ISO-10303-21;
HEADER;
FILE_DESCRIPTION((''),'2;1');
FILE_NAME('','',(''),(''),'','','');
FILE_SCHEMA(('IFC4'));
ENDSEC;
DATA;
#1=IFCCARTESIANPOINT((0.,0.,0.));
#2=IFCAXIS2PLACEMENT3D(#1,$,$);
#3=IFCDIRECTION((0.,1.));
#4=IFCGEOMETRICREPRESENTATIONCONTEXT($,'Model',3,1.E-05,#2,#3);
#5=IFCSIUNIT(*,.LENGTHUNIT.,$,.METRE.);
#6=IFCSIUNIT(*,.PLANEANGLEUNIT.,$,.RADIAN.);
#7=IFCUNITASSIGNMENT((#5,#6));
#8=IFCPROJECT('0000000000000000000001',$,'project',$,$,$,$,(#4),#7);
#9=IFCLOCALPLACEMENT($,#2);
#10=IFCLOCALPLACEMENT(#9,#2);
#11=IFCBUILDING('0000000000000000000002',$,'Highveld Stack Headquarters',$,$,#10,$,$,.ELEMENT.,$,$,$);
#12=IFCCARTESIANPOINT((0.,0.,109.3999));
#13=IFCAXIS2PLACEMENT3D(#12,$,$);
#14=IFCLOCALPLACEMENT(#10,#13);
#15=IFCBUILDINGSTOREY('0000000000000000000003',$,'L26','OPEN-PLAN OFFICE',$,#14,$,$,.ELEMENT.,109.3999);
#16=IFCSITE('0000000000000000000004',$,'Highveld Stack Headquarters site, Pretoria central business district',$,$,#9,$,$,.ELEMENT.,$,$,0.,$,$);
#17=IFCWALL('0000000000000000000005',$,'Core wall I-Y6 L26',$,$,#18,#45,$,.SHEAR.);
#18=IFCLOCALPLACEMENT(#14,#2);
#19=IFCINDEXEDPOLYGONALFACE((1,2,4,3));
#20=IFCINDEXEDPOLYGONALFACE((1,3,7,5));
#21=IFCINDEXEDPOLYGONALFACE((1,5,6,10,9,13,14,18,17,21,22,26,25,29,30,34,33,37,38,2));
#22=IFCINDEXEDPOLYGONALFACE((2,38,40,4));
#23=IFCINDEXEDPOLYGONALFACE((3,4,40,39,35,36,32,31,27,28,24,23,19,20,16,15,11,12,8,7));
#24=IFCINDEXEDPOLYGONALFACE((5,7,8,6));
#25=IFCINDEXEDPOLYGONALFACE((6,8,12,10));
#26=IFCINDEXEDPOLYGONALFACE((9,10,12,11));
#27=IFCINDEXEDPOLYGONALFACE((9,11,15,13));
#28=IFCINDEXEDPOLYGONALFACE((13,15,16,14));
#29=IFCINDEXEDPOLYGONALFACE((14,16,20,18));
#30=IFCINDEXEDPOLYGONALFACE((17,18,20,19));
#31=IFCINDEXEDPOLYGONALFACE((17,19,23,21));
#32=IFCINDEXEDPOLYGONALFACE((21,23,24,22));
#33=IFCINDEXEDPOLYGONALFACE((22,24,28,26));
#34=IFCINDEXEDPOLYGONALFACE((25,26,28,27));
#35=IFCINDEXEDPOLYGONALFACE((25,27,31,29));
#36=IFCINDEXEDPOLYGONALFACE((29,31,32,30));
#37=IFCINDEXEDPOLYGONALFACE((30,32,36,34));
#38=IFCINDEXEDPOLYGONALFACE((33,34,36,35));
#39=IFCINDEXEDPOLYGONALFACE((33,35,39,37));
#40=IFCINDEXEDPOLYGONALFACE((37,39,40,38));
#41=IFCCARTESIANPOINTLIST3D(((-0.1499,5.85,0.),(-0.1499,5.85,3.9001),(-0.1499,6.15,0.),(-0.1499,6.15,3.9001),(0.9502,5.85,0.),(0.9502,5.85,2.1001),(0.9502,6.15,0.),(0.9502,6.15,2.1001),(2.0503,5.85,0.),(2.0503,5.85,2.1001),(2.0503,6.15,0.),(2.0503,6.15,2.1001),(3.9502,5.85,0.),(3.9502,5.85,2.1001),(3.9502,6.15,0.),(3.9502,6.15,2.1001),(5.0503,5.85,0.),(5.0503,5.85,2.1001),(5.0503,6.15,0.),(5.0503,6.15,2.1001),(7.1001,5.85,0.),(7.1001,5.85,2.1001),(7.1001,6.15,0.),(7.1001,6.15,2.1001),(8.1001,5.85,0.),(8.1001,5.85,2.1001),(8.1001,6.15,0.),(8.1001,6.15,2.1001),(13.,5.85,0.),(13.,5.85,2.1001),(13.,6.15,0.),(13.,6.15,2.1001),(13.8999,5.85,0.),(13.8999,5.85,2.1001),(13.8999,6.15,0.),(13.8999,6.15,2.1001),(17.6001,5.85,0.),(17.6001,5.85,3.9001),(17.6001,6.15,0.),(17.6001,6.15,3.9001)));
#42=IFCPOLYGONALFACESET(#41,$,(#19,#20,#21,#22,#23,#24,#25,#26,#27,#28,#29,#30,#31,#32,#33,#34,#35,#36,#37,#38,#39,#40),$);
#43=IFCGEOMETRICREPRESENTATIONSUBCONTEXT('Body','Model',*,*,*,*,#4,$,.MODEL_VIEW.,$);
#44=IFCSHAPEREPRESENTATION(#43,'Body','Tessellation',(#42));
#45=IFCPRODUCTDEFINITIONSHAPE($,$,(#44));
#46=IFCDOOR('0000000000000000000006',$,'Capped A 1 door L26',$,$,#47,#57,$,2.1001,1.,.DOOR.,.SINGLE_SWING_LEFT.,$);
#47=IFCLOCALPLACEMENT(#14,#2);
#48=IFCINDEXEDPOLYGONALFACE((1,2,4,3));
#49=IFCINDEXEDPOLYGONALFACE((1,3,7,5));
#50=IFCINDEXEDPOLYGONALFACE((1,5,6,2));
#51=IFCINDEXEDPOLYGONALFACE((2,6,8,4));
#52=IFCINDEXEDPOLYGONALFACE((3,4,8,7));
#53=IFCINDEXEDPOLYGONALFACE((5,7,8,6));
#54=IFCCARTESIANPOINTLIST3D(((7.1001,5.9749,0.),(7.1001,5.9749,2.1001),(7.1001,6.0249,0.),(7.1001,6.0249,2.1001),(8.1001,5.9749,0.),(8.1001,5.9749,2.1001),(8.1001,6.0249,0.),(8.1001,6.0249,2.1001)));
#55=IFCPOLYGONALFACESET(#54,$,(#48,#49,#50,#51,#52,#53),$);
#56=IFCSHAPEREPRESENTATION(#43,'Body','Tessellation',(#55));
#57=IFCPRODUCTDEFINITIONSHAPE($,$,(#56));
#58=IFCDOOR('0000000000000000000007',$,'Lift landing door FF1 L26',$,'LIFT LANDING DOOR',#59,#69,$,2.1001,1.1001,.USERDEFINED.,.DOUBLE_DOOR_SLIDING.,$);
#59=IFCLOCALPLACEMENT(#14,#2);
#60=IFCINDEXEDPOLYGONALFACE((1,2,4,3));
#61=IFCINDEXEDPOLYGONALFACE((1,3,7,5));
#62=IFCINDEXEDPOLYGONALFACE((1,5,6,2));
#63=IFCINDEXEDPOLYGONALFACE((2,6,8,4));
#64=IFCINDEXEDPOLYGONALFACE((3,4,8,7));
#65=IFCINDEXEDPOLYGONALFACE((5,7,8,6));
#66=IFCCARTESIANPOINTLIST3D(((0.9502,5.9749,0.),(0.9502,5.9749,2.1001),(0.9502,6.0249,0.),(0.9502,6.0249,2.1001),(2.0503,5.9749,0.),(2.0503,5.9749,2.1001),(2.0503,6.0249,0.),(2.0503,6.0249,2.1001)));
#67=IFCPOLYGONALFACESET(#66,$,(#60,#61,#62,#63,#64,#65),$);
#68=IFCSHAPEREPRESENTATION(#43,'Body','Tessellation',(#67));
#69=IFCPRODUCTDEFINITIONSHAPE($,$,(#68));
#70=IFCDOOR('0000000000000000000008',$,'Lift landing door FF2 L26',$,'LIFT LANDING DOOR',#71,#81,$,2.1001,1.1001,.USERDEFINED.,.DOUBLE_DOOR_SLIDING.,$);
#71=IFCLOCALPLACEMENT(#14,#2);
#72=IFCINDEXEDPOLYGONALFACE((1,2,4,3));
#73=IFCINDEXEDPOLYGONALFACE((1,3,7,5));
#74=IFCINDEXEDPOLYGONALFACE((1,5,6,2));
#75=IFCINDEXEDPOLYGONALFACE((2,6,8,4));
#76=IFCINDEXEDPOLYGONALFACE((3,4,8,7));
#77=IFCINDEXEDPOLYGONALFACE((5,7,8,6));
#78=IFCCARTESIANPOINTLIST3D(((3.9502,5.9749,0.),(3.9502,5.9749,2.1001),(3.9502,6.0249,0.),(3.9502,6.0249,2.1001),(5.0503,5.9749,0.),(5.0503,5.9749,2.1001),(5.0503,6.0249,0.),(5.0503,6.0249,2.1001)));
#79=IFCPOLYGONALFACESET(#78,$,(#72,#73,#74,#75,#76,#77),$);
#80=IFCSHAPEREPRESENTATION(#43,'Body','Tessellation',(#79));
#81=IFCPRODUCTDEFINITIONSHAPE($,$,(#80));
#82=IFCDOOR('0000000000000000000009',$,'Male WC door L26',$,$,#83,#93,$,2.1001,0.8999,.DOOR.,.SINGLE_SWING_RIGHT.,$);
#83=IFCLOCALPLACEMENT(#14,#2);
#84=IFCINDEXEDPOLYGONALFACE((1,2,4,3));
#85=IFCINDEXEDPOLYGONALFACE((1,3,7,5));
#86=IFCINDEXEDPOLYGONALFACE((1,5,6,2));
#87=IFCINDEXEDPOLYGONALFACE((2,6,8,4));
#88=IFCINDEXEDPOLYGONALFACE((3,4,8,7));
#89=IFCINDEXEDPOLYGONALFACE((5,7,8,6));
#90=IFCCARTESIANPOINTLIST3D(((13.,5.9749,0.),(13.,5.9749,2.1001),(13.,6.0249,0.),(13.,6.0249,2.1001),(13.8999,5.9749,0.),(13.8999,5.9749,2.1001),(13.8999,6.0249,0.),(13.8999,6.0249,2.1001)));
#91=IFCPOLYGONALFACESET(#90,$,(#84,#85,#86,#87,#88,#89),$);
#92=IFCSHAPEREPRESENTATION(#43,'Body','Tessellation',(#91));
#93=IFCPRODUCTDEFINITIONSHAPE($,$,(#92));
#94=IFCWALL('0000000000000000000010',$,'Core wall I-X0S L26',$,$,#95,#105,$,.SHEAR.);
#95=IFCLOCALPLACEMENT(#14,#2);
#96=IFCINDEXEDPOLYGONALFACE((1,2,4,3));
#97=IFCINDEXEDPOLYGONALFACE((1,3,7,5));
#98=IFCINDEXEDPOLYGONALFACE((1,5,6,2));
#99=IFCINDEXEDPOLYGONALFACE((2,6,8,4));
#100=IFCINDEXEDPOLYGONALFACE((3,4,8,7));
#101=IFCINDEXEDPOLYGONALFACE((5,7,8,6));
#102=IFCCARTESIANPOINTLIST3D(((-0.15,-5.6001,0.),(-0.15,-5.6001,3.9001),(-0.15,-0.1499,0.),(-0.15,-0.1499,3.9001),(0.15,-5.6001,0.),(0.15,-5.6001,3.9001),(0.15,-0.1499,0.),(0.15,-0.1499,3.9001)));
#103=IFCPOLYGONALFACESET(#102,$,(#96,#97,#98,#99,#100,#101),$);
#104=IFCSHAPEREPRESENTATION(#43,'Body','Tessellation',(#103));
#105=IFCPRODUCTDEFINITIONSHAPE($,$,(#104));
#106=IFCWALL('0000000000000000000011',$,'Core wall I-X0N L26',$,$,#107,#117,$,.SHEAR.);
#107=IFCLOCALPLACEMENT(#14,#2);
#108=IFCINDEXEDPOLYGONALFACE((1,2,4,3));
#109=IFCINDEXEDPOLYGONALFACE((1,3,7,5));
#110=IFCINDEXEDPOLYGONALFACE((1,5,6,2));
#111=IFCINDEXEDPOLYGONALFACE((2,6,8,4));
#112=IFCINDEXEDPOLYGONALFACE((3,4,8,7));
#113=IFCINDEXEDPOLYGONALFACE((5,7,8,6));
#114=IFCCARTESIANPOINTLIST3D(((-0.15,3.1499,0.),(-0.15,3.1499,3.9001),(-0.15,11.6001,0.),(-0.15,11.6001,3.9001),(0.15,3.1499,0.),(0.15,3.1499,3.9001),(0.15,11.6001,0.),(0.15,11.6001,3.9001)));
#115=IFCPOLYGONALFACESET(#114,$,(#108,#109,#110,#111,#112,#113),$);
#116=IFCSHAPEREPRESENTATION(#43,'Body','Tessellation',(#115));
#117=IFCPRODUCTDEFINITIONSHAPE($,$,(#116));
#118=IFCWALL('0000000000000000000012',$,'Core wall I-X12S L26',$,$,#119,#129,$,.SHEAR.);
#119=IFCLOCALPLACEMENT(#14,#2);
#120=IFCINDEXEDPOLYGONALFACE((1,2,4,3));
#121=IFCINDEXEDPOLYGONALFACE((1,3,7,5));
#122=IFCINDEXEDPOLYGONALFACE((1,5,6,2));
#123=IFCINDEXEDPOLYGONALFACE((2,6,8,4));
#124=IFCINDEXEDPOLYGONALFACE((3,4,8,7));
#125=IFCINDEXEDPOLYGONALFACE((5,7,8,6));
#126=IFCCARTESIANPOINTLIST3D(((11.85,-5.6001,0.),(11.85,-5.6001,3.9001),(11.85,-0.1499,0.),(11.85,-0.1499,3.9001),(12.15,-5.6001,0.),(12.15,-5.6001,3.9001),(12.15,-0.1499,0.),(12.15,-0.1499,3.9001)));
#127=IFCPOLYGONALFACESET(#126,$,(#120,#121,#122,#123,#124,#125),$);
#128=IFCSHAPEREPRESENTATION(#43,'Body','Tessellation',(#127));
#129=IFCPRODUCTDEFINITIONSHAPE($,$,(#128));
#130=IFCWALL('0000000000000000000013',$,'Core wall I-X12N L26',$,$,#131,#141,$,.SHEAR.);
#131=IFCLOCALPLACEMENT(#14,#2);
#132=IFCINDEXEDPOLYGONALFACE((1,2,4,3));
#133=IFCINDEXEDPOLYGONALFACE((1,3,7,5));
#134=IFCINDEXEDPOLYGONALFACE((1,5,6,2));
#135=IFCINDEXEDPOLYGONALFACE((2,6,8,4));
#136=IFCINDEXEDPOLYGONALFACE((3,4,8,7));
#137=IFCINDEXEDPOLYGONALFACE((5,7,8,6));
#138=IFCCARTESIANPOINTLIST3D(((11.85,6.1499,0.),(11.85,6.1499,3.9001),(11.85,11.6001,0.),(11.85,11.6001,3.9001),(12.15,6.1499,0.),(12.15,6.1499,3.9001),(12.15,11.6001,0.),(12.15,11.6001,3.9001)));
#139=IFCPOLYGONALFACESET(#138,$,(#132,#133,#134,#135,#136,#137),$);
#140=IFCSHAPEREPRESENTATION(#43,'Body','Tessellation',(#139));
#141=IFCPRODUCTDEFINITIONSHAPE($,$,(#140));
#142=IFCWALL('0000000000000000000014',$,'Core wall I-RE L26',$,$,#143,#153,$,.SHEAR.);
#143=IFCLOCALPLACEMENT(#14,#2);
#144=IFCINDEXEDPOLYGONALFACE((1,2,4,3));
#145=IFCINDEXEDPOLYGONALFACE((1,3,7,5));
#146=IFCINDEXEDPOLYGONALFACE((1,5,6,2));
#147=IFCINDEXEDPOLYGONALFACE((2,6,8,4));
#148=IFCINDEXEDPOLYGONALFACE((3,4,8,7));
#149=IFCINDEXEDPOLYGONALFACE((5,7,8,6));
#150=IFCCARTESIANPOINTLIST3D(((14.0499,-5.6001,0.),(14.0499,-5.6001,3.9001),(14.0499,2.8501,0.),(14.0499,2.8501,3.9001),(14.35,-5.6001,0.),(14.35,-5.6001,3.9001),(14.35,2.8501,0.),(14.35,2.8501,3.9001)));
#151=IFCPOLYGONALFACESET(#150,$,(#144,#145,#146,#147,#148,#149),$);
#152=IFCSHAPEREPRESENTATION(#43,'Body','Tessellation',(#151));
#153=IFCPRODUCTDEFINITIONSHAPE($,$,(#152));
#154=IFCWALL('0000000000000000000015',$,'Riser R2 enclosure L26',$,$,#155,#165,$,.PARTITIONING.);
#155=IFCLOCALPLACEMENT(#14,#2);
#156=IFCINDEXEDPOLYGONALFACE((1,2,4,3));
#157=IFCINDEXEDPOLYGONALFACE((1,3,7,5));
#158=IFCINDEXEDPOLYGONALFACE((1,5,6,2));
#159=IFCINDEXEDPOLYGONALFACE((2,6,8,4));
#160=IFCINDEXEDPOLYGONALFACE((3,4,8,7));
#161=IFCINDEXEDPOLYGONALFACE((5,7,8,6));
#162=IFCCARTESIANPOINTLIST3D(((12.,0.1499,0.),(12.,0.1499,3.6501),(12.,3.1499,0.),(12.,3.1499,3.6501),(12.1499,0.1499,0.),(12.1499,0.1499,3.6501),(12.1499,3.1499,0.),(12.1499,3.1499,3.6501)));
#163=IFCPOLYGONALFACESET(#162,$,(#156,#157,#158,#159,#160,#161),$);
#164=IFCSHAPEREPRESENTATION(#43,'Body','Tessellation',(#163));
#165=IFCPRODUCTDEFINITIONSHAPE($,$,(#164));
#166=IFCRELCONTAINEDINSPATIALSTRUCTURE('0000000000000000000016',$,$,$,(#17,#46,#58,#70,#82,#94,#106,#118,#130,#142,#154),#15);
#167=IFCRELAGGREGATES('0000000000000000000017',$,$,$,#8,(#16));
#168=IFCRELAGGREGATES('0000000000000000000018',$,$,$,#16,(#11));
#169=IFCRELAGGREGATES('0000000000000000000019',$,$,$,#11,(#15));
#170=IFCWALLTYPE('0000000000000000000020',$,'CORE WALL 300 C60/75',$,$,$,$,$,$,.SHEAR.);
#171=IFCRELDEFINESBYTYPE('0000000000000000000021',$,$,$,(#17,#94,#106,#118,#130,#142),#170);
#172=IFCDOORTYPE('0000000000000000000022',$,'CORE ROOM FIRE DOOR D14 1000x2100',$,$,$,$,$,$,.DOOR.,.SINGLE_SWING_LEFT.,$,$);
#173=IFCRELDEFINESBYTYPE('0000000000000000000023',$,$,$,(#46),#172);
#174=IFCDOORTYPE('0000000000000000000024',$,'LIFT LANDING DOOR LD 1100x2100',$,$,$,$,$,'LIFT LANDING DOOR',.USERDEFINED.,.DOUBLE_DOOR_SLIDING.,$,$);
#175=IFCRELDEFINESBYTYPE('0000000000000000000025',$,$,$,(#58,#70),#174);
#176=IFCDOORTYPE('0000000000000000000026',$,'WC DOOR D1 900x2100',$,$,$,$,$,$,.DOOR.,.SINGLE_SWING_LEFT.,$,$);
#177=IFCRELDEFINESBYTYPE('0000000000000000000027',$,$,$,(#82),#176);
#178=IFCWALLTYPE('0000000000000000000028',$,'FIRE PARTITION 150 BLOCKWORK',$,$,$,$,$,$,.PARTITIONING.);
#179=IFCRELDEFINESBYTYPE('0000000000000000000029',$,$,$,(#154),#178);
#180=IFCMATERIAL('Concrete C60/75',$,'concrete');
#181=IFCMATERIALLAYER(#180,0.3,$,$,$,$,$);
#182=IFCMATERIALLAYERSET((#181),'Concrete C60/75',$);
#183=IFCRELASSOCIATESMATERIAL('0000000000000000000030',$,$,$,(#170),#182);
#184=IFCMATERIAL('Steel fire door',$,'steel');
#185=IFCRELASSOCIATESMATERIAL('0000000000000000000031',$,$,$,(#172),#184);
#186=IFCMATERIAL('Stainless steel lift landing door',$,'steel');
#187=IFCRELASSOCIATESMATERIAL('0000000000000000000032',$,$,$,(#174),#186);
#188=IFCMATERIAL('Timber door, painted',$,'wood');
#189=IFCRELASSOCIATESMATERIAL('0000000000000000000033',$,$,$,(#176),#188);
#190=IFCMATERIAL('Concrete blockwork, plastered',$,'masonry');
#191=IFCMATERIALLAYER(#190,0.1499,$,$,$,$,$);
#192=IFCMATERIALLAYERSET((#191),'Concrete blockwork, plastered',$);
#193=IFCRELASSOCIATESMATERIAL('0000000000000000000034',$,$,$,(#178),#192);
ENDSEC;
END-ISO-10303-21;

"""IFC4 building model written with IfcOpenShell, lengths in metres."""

from ifc_helpers import new_model, si_unit, direction, frame, frame_2d, origin, place, context, subcontext, project, spatial, rectangle, extrude, material, layer, layer_set, type_object, element, fill, save


model = new_model("IFC4")

# Units and contexts
model_context = context("Model", 3, precision=1e-05, world=origin(), true_north=direction((0.0, 1.0)))
body_context = subcontext(model_context, "Body", "Model", "MODEL_VIEW")
ifc_project = project(units=[si_unit("LENGTHUNIT", "METRE"), si_unit("PLANEANGLEUNIT", "RADIAN")], contexts=[model_context])

# Site, building, storey
site_placement = place(None, origin())
site = spatial("IfcSite", under=ifc_project, at=site_placement, Name="Highveld Stack Headquarters site, Pretoria central business district", CompositionType="ELEMENT", RefElevation=0.0)
building_placement = place(site_placement, origin())
building = spatial("IfcBuilding", under=site, at=building_placement, Name="Highveld Stack Headquarters", CompositionType="ELEMENT")
storey_placement = place(building_placement, frame((0.0, 0.0, 109.3999)))
storey = spatial("IfcBuildingStorey", under=building, at=storey_placement, Name="L26", Description="OPEN-PLAN OFFICE", CompositionType="ELEMENT", Elevation=109.3999)

# Wall, openings, doors
ifc_material_1 = material(Name="Concrete C60/75", Category="concrete")
ifc_layer_1 = layer(ifc_material_1, 0.3)
ifc_layer_set_1 = layer_set([ifc_layer_1], Name="Concrete C60/75")
wall_type_1 = type_object("IfcWallType", Name="CORE WALL 300 C60/75", PredefinedType="SHEAR", material=ifc_layer_set_1)
wall_1_placement = place(storey_placement, frame((-0.1499, 6.0, 0.0), z_axis=(0.0, 0.0, 1.0), x_axis=(1.0, 0.0, 0.0)))
wall_1 = element("IfcWall", 1, at=wall_1_placement, inside=storey, type_object=wall_type_1, Name="Core wall I-Y6 L26", PredefinedType="SHEAR", context=body_context, shape_type="SweptSolid", body=[
    extrude(rectangle(XDim=17.75, YDim=0.3, at=frame_2d((8.875, 0.0))), origin(), (0.0, 0.0, 1.0), 3.9001),
])
opening_1_placement = place(wall_1_placement, frame((13.1499, 0.0, 0.0)))
opening_1 = element("IfcOpeningElement", 2, at=opening_1_placement, cuts=wall_1, PredefinedType="OPENING", context=body_context, shape_type="SweptSolid", body=[
    extrude(rectangle(XDim=0.8999, YDim=2.1001, at=frame_2d((0.45, 1.05))), frame((0.0, 0.1599, 0.0), z_axis=(0.0, -1.0, 0.0), x_axis=(1.0, 0.0, 0.0)), (0.0, 0.0, 1.0), 0.3201),
])
opening_2_placement = place(wall_1_placement, frame((7.25, 0.0, 0.0)))
opening_2 = element("IfcOpeningElement", 3, at=opening_2_placement, cuts=wall_1, PredefinedType="OPENING", context=body_context, shape_type="SweptSolid", body=[
    extrude(rectangle(XDim=1.0, YDim=2.1001, at=frame_2d((0.5, 1.05))), frame((0.0, 0.1599, 0.0), z_axis=(0.0, -1.0, 0.0), x_axis=(1.0, 0.0, 0.0)), (0.0, 0.0, 1.0), 0.3201),
])
opening_3_placement = place(wall_1_placement, frame((1.1001, 0.0, 0.0)))
opening_3 = element("IfcOpeningElement", 4, at=opening_3_placement, cuts=wall_1, PredefinedType="OPENING", context=body_context, shape_type="SweptSolid", body=[
    extrude(rectangle(XDim=1.1001, YDim=2.1001, at=frame_2d((0.55, 1.05))), frame((0.0, 0.1599, 0.0), z_axis=(0.0, -1.0, 0.0), x_axis=(1.0, 0.0, 0.0)), (0.0, 0.0, 1.0), 0.3201),
])
opening_4_placement = place(wall_1_placement, frame((4.1001, 0.0, 0.0)))
opening_4 = element("IfcOpeningElement", 5, at=opening_4_placement, cuts=wall_1, PredefinedType="OPENING", context=body_context, shape_type="SweptSolid", body=[
    extrude(rectangle(XDim=1.1001, YDim=2.1001, at=frame_2d((0.55, 1.05))), frame((0.0, 0.1599, 0.0), z_axis=(0.0, -1.0, 0.0), x_axis=(1.0, 0.0, 0.0)), (0.0, 0.0, 1.0), 0.3201),
])
ifc_material_2 = material(Name="Steel fire door", Category="steel")
door_type_1 = type_object("IfcDoorType", Name="CORE ROOM FIRE DOOR D14 1000x2100", OperationType="SINGLE_SWING_LEFT", PredefinedType="DOOR", material=ifc_material_2)
door_1_placement = place(opening_2_placement, origin())
door_1 = element("IfcDoor", 6, at=door_1_placement, inside=storey, type_object=door_type_1, Name="Capped A 1 door L26", OperationType="SINGLE_SWING_LEFT", OverallHeight=2.1001, OverallWidth=1.0, PredefinedType="DOOR", context=body_context, shape_type="SweptSolid", body=[
    extrude(rectangle(XDim=1.0, YDim=2.1001, at=frame_2d((0.5, 1.05))), frame((0.0, 0.0249, 0.0), z_axis=(0.0, -1.0, 0.0), x_axis=(1.0, 0.0, 0.0)), (0.0, 0.0, 1.0), 0.05),
])
fill(opening_2, door_1)
ifc_material_3 = material(Name="Stainless steel lift landing door", Category="steel")
door_type_2 = type_object("IfcDoorType", Name="LIFT LANDING DOOR LD 1100x2100", ElementType="LIFT LANDING DOOR", OperationType="DOUBLE_DOOR_SLIDING", PredefinedType="USERDEFINED", material=ifc_material_3)
door_2_placement = place(opening_3_placement, origin())
door_2 = element("IfcDoor", 7, at=door_2_placement, inside=storey, type_object=door_type_2, Name="Lift landing door FF1 L26", ObjectType="LIFT LANDING DOOR", OperationType="DOUBLE_DOOR_SLIDING", OverallHeight=2.1001, OverallWidth=1.1001, PredefinedType="USERDEFINED", context=body_context, shape_type="SweptSolid", body=[
    extrude(rectangle(XDim=1.1001, YDim=2.1001, at=frame_2d((0.55, 1.05))), frame((0.0, 0.0249, 0.0), z_axis=(0.0, -1.0, 0.0), x_axis=(1.0, 0.0, 0.0)), (0.0, 0.0, 1.0), 0.05),
])
fill(opening_3, door_2)
door_3_placement = place(opening_4_placement, origin())
door_3 = element("IfcDoor", 8, at=door_3_placement, inside=storey, type_object=door_type_2, Name="Lift landing door FF2 L26", ObjectType="LIFT LANDING DOOR", OperationType="DOUBLE_DOOR_SLIDING", OverallHeight=2.1001, OverallWidth=1.1001, PredefinedType="USERDEFINED", context=body_context, shape_type="SweptSolid", body=[
    extrude(rectangle(XDim=1.1001, YDim=2.1001, at=frame_2d((0.55, 1.05))), frame((0.0, 0.0249, 0.0), z_axis=(0.0, -1.0, 0.0), x_axis=(1.0, 0.0, 0.0)), (0.0, 0.0, 1.0), 0.05),
])
fill(opening_4, door_3)
ifc_material_4 = material(Name="Timber door, painted", Category="wood")
door_type_3 = type_object("IfcDoorType", Name="WC DOOR D1 900x2100", OperationType="SINGLE_SWING_LEFT", PredefinedType="DOOR", material=ifc_material_4)
door_4_placement = place(opening_1_placement, origin())
door_4 = element("IfcDoor", 9, at=door_4_placement, inside=storey, type_object=door_type_3, Name="Male WC door L26", OperationType="SINGLE_SWING_RIGHT", OverallHeight=2.1001, OverallWidth=0.8999, PredefinedType="DOOR", context=body_context, shape_type="SweptSolid", body=[
    extrude(rectangle(XDim=0.8999, YDim=2.1001, at=frame_2d((0.45, 1.05))), frame((0.0, 0.0249, 0.0), z_axis=(0.0, -1.0, 0.0), x_axis=(1.0, 0.0, 0.0)), (0.0, 0.0, 1.0), 0.05),
])
fill(opening_1, door_4)

# Walls
wall_2_placement = place(storey_placement, frame((0.0, -5.6001, 0.0), z_axis=(0.0, 0.0, 1.0), x_axis=(0.0, 1.0, 0.0)))
element("IfcWall", 10, at=wall_2_placement, inside=storey, type_object=wall_type_1, Name="Core wall I-X0S L26", PredefinedType="SHEAR", context=body_context, shape_type="SweptSolid", body=[
    extrude(rectangle(XDim=5.4502, YDim=0.3, at=frame_2d((2.7251, 0.0))), origin(), (0.0, 0.0, 1.0), 3.9001),
])
wall_3_placement = place(storey_placement, frame((0.0, 3.1499, 0.0), z_axis=(0.0, 0.0, 1.0), x_axis=(0.0, 1.0, 0.0)))
element("IfcWall", 11, at=wall_3_placement, inside=storey, type_object=wall_type_1, Name="Core wall I-X0N L26", PredefinedType="SHEAR", context=body_context, shape_type="SweptSolid", body=[
    extrude(rectangle(XDim=8.4502, YDim=0.3, at=frame_2d((4.2251, 0.0))), origin(), (0.0, 0.0, 1.0), 3.9001),
])
for number, where, z_axis, x_axis, name in (
    (12, (12.0, -5.6001, 0.0), (0.0, 0.0, 1.0), (0.0, 1.0, 0.0), "Core wall I-X12S L26"),
    (13, (12.0, 6.1499, 0.0), (0.0, 0.0, 1.0), (0.0, 1.0, 0.0), "Core wall I-X12N L26"),
):
    element("IfcWall", number, at=place(storey_placement, frame(where, z_axis=z_axis, x_axis=x_axis)), inside=storey, type_object=wall_type_1, Name=name, PredefinedType="SHEAR", context=body_context, shape_type="SweptSolid", body=[
        extrude(rectangle(XDim=5.4502, YDim=0.3, at=frame_2d((2.7251, 0.0))), origin(), (0.0, 0.0, 1.0), 3.9001),
    ])
wall_4_placement = place(storey_placement, frame((14.2, -5.6001, 0.0), z_axis=(0.0, 0.0, 1.0), x_axis=(0.0, 1.0, 0.0)))
element("IfcWall", 14, at=wall_4_placement, inside=storey, type_object=wall_type_1, Name="Core wall I-RE L26", PredefinedType="SHEAR", context=body_context, shape_type="SweptSolid", body=[
    extrude(rectangle(XDim=8.4502, YDim=0.3, at=frame_2d((4.2251, 0.0))), origin(), (0.0, 0.0, 1.0), 3.9001),
])
ifc_material_5 = material(Name="Concrete blockwork, plastered", Category="masonry")
ifc_layer_2 = layer(ifc_material_5, 0.1499)
ifc_layer_set_2 = layer_set([ifc_layer_2], Name="Concrete blockwork, plastered")
wall_type_2 = type_object("IfcWallType", Name="FIRE PARTITION 150 BLOCKWORK", PredefinedType="PARTITIONING", material=ifc_layer_set_2)
wall_5_placement = place(storey_placement, frame((12.075, 0.1499, 0.0), z_axis=(0.0, 0.0, 1.0), x_axis=(0.0, 1.0, 0.0)))
element("IfcWall", 15, at=wall_5_placement, inside=storey, type_object=wall_type_2, Name="Riser R2 enclosure L26", PredefinedType="PARTITIONING", context=body_context, shape_type="SweptSolid", body=[
    extrude(rectangle(XDim=3.0, YDim=0.1499, at=frame_2d((1.5, 0.0))), origin(), (0.0, 0.0, 1.0), 3.6501),
])

save(model, "model.ifc")
